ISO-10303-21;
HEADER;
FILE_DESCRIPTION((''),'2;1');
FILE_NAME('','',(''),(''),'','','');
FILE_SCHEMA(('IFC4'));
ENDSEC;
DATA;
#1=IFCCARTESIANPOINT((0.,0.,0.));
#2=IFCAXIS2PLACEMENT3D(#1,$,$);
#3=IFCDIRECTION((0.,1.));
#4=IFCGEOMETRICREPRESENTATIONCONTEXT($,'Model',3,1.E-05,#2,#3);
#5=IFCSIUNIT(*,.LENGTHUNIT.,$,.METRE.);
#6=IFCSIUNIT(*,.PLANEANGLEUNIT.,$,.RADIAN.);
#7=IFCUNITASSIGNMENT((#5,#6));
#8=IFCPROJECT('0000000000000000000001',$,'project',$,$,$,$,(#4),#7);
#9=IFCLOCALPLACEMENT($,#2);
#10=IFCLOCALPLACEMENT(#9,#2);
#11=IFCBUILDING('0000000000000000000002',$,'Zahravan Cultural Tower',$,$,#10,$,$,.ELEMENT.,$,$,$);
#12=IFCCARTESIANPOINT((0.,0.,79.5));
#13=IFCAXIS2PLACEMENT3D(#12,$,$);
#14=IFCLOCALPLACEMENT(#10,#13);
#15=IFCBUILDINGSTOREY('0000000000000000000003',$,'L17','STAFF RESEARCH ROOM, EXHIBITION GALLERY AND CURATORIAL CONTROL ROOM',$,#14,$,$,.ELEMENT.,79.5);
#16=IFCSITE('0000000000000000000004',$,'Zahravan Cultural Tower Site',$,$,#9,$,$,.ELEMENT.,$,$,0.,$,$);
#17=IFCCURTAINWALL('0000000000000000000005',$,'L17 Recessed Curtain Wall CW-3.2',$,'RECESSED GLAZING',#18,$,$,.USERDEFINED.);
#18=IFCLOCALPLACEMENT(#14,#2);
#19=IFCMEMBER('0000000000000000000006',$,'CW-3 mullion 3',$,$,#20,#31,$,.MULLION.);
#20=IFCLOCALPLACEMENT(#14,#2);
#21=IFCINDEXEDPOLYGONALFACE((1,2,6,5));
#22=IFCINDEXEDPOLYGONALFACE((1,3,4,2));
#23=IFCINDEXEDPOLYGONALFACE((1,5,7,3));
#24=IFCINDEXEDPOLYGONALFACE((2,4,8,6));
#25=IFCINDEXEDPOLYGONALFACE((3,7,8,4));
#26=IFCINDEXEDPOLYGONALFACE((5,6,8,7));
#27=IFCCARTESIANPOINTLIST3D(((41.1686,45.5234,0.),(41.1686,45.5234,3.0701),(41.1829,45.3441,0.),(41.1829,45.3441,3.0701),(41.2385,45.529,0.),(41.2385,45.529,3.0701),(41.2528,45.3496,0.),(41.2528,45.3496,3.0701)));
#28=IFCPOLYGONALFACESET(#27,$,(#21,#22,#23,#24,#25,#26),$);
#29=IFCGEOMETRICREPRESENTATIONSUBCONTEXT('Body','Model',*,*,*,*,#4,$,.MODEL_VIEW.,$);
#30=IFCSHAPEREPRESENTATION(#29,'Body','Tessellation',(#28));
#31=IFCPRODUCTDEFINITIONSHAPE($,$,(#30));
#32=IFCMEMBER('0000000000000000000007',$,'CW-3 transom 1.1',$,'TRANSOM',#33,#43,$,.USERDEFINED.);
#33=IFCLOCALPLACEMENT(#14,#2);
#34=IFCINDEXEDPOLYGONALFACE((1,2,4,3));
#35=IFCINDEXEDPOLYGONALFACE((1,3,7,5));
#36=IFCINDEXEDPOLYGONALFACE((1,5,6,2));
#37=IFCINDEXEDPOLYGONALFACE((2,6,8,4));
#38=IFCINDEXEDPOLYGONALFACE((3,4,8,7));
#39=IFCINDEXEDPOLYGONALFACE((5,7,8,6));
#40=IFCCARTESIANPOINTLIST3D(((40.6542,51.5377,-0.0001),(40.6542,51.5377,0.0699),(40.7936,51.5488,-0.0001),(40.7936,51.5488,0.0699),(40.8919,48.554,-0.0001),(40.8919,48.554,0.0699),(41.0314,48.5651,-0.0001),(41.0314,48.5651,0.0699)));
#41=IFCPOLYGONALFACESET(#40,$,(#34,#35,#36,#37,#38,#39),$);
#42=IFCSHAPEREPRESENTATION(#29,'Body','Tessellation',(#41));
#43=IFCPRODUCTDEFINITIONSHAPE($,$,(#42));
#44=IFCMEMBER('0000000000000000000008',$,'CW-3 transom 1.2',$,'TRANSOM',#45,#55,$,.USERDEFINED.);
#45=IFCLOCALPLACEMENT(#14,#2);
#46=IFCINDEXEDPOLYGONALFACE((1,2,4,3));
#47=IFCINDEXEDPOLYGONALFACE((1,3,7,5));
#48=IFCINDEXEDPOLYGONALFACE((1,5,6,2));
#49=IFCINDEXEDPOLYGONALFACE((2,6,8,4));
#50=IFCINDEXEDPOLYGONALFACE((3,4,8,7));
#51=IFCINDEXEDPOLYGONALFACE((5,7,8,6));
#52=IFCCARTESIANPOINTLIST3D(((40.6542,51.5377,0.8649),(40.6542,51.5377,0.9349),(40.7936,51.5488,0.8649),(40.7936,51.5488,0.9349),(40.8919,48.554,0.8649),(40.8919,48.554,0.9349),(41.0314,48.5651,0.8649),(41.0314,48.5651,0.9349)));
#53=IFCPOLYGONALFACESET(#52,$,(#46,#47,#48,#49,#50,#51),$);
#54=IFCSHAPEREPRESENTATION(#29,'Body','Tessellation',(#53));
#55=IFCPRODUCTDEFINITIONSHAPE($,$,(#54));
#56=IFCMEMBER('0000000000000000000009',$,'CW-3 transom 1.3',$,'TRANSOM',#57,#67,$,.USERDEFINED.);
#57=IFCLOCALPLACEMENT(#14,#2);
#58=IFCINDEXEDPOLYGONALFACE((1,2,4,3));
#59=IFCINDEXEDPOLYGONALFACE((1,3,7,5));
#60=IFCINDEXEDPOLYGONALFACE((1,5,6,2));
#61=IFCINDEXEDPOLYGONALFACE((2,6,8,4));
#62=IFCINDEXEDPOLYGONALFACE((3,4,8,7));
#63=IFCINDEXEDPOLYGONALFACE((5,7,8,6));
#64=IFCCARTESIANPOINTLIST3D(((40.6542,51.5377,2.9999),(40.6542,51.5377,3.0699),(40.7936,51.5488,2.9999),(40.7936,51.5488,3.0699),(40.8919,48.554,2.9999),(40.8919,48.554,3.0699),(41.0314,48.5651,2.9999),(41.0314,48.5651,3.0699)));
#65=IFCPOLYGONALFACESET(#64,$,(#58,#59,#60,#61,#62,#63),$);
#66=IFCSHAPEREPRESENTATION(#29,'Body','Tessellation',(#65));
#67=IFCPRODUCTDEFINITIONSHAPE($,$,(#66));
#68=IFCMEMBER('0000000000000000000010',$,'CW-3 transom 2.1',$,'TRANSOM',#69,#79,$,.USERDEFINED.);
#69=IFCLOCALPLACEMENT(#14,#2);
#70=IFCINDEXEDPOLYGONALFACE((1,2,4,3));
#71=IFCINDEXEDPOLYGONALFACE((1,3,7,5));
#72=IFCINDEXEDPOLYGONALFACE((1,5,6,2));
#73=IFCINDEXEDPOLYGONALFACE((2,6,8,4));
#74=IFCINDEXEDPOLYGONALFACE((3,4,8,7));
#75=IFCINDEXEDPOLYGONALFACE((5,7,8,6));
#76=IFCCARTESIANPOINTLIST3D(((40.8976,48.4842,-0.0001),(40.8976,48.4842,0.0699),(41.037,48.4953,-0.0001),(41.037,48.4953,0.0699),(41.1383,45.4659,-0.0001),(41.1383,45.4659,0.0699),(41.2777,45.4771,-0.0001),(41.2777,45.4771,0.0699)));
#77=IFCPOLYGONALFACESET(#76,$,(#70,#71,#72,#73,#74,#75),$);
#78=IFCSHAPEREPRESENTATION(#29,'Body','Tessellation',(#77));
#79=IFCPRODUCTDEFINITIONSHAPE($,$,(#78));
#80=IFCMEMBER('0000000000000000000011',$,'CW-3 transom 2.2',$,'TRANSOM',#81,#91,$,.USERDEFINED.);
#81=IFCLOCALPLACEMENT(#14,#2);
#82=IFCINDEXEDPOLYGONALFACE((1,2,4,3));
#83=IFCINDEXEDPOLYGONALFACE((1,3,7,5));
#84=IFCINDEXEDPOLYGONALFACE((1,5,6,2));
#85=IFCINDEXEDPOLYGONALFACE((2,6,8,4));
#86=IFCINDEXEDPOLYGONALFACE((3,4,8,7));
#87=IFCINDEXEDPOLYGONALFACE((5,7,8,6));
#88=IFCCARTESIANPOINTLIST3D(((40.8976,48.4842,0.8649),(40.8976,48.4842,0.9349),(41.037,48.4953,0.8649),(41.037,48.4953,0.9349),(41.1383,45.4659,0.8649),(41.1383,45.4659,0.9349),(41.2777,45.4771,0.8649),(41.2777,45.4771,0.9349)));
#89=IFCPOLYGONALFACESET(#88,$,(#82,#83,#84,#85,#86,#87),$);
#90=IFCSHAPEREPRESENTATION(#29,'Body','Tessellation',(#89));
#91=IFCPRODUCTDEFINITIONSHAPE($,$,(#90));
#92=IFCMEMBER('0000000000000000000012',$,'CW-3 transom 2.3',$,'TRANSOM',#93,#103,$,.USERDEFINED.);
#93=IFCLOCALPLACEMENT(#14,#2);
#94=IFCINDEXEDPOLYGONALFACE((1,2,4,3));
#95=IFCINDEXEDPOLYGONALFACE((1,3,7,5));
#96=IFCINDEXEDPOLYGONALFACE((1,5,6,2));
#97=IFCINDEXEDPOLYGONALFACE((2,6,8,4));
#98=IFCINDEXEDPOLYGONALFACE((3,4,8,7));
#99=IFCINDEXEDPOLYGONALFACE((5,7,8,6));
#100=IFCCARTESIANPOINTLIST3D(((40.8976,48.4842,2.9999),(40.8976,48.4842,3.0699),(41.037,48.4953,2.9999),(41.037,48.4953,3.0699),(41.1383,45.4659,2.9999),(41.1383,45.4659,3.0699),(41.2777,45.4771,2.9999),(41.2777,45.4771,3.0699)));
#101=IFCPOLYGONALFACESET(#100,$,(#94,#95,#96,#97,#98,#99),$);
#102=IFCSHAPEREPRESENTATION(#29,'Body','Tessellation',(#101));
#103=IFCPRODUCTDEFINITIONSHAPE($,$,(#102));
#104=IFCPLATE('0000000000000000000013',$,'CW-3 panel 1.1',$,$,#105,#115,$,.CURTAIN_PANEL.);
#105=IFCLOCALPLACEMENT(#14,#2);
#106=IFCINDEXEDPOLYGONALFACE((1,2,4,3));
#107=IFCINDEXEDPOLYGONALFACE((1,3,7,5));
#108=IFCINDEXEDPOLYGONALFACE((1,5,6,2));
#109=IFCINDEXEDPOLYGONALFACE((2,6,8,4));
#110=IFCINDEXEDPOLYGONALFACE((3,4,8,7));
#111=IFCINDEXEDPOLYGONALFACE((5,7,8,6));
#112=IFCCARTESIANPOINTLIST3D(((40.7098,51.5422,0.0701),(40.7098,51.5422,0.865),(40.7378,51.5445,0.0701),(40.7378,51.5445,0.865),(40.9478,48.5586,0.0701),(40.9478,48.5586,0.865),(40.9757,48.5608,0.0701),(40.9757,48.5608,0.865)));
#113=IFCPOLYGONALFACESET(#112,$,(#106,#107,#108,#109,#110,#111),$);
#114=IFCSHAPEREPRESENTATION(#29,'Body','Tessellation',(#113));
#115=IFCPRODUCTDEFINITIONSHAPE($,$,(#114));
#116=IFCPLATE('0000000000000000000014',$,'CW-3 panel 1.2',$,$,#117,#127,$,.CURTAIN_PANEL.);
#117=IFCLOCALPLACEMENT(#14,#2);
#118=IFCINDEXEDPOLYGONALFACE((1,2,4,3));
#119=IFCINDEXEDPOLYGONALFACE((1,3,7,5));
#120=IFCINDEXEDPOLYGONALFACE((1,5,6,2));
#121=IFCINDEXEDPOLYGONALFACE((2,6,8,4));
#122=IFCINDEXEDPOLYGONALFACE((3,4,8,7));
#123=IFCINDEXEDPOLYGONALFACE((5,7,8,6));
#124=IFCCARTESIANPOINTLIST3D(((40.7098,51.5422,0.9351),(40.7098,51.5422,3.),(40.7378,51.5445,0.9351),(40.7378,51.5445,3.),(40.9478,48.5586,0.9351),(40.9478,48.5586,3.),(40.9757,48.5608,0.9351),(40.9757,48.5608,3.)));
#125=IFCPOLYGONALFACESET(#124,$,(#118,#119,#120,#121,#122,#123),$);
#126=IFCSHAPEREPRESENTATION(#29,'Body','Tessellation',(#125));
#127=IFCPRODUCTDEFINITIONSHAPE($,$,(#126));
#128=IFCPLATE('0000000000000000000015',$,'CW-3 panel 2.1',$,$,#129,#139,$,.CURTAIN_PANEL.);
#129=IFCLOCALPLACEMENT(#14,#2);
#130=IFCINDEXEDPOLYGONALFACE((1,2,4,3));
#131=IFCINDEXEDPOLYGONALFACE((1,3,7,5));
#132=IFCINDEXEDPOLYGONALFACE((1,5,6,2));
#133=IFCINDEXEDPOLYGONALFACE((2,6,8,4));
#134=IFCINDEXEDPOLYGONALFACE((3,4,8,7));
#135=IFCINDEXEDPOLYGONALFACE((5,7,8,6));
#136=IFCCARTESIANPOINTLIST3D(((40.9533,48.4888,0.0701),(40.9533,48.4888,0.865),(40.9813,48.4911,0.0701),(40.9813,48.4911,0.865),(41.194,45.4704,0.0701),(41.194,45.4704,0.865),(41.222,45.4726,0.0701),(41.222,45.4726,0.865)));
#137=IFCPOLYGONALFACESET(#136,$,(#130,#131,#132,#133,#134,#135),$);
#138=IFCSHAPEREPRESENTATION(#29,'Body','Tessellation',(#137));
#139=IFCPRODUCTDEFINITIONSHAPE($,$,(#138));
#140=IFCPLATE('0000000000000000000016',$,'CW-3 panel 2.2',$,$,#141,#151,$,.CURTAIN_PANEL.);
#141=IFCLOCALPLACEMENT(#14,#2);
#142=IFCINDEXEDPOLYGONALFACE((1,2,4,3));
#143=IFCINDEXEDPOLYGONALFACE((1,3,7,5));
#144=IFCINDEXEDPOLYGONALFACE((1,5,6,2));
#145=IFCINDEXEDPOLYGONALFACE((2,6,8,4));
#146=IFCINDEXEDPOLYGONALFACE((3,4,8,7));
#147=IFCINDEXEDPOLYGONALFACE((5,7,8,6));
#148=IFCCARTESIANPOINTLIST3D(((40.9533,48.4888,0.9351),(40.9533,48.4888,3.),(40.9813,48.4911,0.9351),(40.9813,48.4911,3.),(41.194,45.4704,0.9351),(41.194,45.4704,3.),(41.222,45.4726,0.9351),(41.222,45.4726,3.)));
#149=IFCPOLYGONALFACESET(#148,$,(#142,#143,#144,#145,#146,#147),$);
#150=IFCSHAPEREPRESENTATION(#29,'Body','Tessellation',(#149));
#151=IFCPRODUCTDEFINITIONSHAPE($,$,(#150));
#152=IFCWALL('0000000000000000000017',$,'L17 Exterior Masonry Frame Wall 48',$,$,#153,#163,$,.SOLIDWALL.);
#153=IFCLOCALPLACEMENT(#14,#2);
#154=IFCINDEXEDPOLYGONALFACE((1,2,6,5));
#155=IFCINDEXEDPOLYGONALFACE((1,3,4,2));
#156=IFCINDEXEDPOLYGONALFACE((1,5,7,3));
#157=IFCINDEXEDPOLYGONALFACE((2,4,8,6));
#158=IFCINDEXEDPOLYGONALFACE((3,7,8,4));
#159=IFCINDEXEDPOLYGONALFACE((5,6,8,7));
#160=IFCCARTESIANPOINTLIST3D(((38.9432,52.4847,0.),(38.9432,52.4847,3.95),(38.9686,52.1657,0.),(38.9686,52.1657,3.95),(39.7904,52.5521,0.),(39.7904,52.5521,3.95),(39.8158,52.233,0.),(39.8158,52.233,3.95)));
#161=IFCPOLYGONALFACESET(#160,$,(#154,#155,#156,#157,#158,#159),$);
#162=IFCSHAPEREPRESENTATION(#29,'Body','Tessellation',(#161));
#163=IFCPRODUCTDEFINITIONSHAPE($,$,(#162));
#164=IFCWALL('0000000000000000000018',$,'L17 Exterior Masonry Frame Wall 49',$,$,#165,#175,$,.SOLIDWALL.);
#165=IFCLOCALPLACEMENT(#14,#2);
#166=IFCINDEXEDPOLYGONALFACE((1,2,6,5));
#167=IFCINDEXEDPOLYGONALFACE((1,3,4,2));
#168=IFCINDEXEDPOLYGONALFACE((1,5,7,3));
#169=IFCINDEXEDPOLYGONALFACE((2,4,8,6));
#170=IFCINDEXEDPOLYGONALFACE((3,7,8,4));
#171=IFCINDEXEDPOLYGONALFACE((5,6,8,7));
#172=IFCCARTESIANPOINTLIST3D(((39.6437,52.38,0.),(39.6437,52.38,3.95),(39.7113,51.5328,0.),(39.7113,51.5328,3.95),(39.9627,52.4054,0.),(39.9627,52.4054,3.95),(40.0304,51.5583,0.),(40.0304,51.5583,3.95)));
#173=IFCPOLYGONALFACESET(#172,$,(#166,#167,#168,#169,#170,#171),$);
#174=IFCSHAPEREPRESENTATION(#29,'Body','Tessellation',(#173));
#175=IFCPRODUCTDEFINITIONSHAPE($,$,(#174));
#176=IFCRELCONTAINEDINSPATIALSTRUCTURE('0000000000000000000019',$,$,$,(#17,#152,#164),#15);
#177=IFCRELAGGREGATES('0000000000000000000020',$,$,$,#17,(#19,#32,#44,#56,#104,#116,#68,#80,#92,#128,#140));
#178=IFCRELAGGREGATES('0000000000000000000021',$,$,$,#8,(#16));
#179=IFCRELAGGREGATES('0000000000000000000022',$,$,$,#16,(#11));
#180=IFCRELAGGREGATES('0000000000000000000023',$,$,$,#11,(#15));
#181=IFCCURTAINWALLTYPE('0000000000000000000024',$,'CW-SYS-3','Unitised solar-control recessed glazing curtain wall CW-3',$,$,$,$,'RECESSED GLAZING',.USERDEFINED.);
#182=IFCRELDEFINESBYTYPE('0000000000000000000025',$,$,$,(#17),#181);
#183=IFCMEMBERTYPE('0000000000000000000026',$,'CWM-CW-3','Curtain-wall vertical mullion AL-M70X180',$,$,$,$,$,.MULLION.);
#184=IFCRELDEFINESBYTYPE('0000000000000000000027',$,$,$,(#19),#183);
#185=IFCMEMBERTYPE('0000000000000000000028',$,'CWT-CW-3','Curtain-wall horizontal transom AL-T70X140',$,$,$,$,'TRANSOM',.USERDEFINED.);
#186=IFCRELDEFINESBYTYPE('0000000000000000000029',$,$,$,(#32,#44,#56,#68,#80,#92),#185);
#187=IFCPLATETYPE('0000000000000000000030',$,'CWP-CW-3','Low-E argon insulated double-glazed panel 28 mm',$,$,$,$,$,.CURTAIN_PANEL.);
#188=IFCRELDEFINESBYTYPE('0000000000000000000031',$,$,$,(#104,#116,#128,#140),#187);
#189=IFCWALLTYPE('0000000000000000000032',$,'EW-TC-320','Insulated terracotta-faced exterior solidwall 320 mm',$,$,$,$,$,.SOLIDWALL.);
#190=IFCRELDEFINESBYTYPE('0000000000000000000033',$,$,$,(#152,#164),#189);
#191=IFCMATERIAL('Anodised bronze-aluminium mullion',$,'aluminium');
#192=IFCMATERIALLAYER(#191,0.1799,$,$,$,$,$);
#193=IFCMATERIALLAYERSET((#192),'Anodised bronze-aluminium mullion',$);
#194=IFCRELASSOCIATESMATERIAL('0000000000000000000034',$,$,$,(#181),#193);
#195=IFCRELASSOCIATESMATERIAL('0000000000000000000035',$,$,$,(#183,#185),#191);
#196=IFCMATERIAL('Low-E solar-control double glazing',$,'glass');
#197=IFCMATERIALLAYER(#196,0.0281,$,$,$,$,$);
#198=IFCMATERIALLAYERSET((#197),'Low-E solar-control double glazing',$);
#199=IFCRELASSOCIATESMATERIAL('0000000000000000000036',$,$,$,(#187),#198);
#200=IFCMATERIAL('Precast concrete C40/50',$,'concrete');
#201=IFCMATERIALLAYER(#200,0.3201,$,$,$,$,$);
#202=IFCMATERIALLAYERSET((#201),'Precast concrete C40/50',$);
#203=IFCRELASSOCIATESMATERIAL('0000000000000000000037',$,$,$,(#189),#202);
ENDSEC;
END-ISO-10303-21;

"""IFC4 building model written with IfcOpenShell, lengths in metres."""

from ifc_helpers import new_model, si_unit, direction, frame, frame_2d, origin, origin_2d, place, context, subcontext, project, spatial, rectangle, extrude, source, transform, mapped, material, layer, layer_set, material_profile, profile_set, type_object, element, aggregate, save


model = new_model("IFC4")

# Units and contexts
model_context = context("Model", 3, precision=1e-05, world=origin(), true_north=direction((0.0, 1.0)))
body_context = subcontext(model_context, "Body", "Model", "MODEL_VIEW")
ifc_project = project(units=[si_unit("LENGTHUNIT", "METRE"), si_unit("PLANEANGLEUNIT", "RADIAN")], contexts=[model_context])

# Site, building, storey
site_placement = place(None, origin())
site = spatial("IfcSite", under=ifc_project, at=site_placement, Name="Zahravan Cultural Tower Site", CompositionType="ELEMENT", RefElevation=0.0)
building_placement = place(site_placement, origin())
building = spatial("IfcBuilding", under=site, at=building_placement, Name="Zahravan Cultural Tower", CompositionType="ELEMENT")
storey_placement = place(building_placement, frame((0.0, 0.0, 79.5)))
storey = spatial("IfcBuildingStorey", under=building, at=storey_placement, Name="L17", Description="STAFF RESEARCH ROOM, EXHIBITION GALLERY AND CURATORIAL CONTROL ROOM", CompositionType="ELEMENT", Elevation=79.5)

# Curtain wall, members, plates
ifc_material_1 = material(Name="Anodised bronze-aluminium mullion", Category="aluminium")
ifc_layer_1 = layer(ifc_material_1, 0.1799)
ifc_layer_set_1 = layer_set([ifc_layer_1], Name="Anodised bronze-aluminium mullion")
curtain_wall_type = type_object("IfcCurtainWallType", Name="CW-SYS-3", Description="Unitised solar-control recessed glazing curtain wall CW-3", ElementType="RECESSED GLAZING", PredefinedType="USERDEFINED", material=ifc_layer_set_1)
curtain_wall_placement = place(storey_placement, origin())
curtain_wall = element("IfcCurtainWall", 1, at=curtain_wall_placement, inside=storey, type_object=curtain_wall_type, Name="L17 Recessed Curtain Wall CW-3.2", ObjectType="RECESSED GLAZING", PredefinedType="USERDEFINED")
ifc_material_profile_1 = material_profile(ifc_material_1, rectangle(XDim=0.0701, YDim=0.1799, at=origin_2d()), Name="AL-M70X180")
ifc_profile_set_1 = profile_set([ifc_material_profile_1], Name="Anodised bronze-aluminium mullion")
member_type_1 = type_object("IfcMemberType", Name="CWM-CW-3", Description="Curtain-wall vertical mullion AL-M70X180", PredefinedType="MULLION", material=ifc_profile_set_1)
shared_shape_1 = source(origin(), body_context, "Body", "SweptSolid", [
    extrude(rectangle(XDim=0.0701, YDim=0.1799, at=origin_2d()), origin(), (0.0, 0.0, 1.0), 3.0701),
])
member_1_placement = place(storey_placement, frame((41.2107, 45.4365, 0.0), z_axis=(0.0, 0.0, 1.0), x_axis=(0.996835, 0.079501, 0.0)))
member_1 = element("IfcMember", 2, at=member_1_placement, type_object=member_type_1, Name="CW-3 mullion 3", PredefinedType="MULLION", context=body_context, shape_type="MappedRepresentation", body=[
    mapped(shared_shape_1, transform((0.0, 0.0, 0.0), x_axis=(1.0, 0.0, 0.0), y_axis=(0.0, 1.0, 0.0), z_axis=(0.0, 0.0, 1.0), scale=1.0)),
])
ifc_material_profile_2 = material_profile(ifc_material_1, rectangle(XDim=0.1399, YDim=0.0701, at=origin_2d()), Name="AL-T70X140")
ifc_profile_set_2 = profile_set([ifc_material_profile_2], Name="Anodised bronze-aluminium mullion")
member_type_2 = type_object("IfcMemberType", Name="CWT-CW-3", Description="Curtain-wall horizontal transom AL-T70X140", ElementType="TRANSOM", PredefinedType="USERDEFINED", material=ifc_profile_set_2)
shared_shape_2 = source(origin(), body_context, "Body", "SweptSolid", [
    extrude(rectangle(XDim=0.1399, YDim=0.0701, at=origin_2d()), origin(), (0.0, 0.0, 1.0), 2.9932),
])
member_2_placement = place(storey_placement, frame((40.7239, 51.5432, 0.0349), z_axis=(0.079447, -0.996839, 0.0), x_axis=(0.996839, 0.079447, 0.0)))
member_2 = element("IfcMember", 3, at=member_2_placement, type_object=member_type_2, Name="CW-3 transom 1.1", ObjectType="TRANSOM", PredefinedType="USERDEFINED", context=body_context, shape_type="MappedRepresentation", body=[
    mapped(shared_shape_2, transform((0.0, 0.0, 0.0), x_axis=(1.0, 0.0, 0.0), y_axis=(0.0, 1.0, 0.0), z_axis=(0.0, 0.0, 1.0), scale=1.0)),
])
member_3_placement = place(storey_placement, frame((40.7239, 51.5432, 0.8999), z_axis=(0.079447, -0.996839, 0.0), x_axis=(0.996839, 0.079447, 0.0)))
member_3 = element("IfcMember", 4, at=member_3_placement, type_object=member_type_2, Name="CW-3 transom 1.2", ObjectType="TRANSOM", PredefinedType="USERDEFINED", context=body_context, shape_type="MappedRepresentation", body=[
    mapped(shared_shape_2, transform((0.0, 0.0, 0.0), x_axis=(1.0, 0.0, 0.0), y_axis=(0.0, 1.0, 0.0), z_axis=(0.0, 0.0, 1.0), scale=1.0)),
])
member_4_placement = place(storey_placement, frame((40.7239, 51.5432, 3.0349), z_axis=(0.079447, -0.996839, 0.0), x_axis=(0.996839, 0.079447, 0.0)))
member_4 = element("IfcMember", 5, at=member_4_placement, type_object=member_type_2, Name="CW-3 transom 1.3", ObjectType="TRANSOM", PredefinedType="USERDEFINED", context=body_context, shape_type="MappedRepresentation", body=[
    mapped(shared_shape_2, transform((0.0, 0.0, 0.0), x_axis=(1.0, 0.0, 0.0), y_axis=(0.0, 1.0, 0.0), z_axis=(0.0, 0.0, 1.0), scale=1.0)),
])
shared_shape_3 = source(origin(), body_context, "Body", "SweptSolid", [
    extrude(rectangle(XDim=0.1399, YDim=0.0701, at=origin_2d()), origin(), (0.0, 0.0, 1.0), 3.0278),
])
member_5_placement = place(storey_placement, frame((40.9673, 48.4897, 0.0349), z_axis=(0.079502, -0.996835, 0.0), x_axis=(0.996835, 0.079502, 0.0)))
member_5 = element("IfcMember", 6, at=member_5_placement, type_object=member_type_2, Name="CW-3 transom 2.1", ObjectType="TRANSOM", PredefinedType="USERDEFINED", context=body_context, shape_type="MappedRepresentation", body=[
    mapped(shared_shape_3, transform((0.0, 0.0, 0.0), x_axis=(1.0, 0.0, 0.0), y_axis=(0.0, 1.0, 0.0), z_axis=(0.0, 0.0, 1.0), scale=1.0)),
])
member_6_placement = place(storey_placement, frame((40.9673, 48.4897, 0.8999), z_axis=(0.079502, -0.996835, 0.0), x_axis=(0.996835, 0.079502, 0.0)))
member_6 = element("IfcMember", 7, at=member_6_placement, type_object=member_type_2, Name="CW-3 transom 2.2", ObjectType="TRANSOM", PredefinedType="USERDEFINED", context=body_context, shape_type="MappedRepresentation", body=[
    mapped(shared_shape_3, transform((0.0, 0.0, 0.0), x_axis=(1.0, 0.0, 0.0), y_axis=(0.0, 1.0, 0.0), z_axis=(0.0, 0.0, 1.0), scale=1.0)),
])
member_7_placement = place(storey_placement, frame((40.9673, 48.4897, 3.0349), z_axis=(0.079502, -0.996835, 0.0), x_axis=(0.996835, 0.079502, 0.0)))
member_7 = element("IfcMember", 8, at=member_7_placement, type_object=member_type_2, Name="CW-3 transom 2.3", ObjectType="TRANSOM", PredefinedType="USERDEFINED", context=body_context, shape_type="MappedRepresentation", body=[
    mapped(shared_shape_3, transform((0.0, 0.0, 0.0), x_axis=(1.0, 0.0, 0.0), y_axis=(0.0, 1.0, 0.0), z_axis=(0.0, 0.0, 1.0), scale=1.0)),
])
ifc_material_2 = material(Name="Low-E solar-control double glazing", Category="glass")
ifc_layer_2 = layer(ifc_material_2, 0.0281)
ifc_layer_set_2 = layer_set([ifc_layer_2], Name="Low-E solar-control double glazing")
plate_type = type_object("IfcPlateType", Name="CWP-CW-3", Description="Low-E argon insulated double-glazed panel 28 mm", PredefinedType="CURTAIN_PANEL", material=ifc_layer_set_2)
shared_shape_4 = source(origin(), body_context, "Body", "SweptSolid", [
    extrude(rectangle(XDim=2.9932, YDim=0.0281, at=origin_2d()), origin(), (0.0, 0.0, 1.0), 0.7949),
])
plate_1_placement = place(storey_placement, frame((40.8428, 50.0515, 0.0701), z_axis=(0.0, 0.0, 1.0), x_axis=(0.079501, -0.996835, 0.0)))
plate_1 = element("IfcPlate", 9, at=plate_1_placement, type_object=plate_type, Name="CW-3 panel 1.1", PredefinedType="CURTAIN_PANEL", context=body_context, shape_type="MappedRepresentation", body=[
    mapped(shared_shape_4, transform((0.0, 0.0, 0.0), x_axis=(1.0, 0.0, 0.0), y_axis=(0.0, 1.0, 0.0), z_axis=(0.0, 0.0, 1.0), scale=1.0)),
])
shared_shape_5 = source(origin(), body_context, "Body", "SweptSolid", [
    extrude(rectangle(XDim=2.9932, YDim=0.0281, at=origin_2d()), origin(), (0.0, 0.0, 1.0), 2.0649),
])
plate_2_placement = place(storey_placement, frame((40.8428, 50.0515, 0.9351), z_axis=(0.0, 0.0, 1.0), x_axis=(0.079501, -0.996835, 0.0)))
plate_2 = element("IfcPlate", 10, at=plate_2_placement, type_object=plate_type, Name="CW-3 panel 1.2", PredefinedType="CURTAIN_PANEL", context=body_context, shape_type="MappedRepresentation", body=[
    mapped(shared_shape_5, transform((0.0, 0.0, 0.0), x_axis=(1.0, 0.0, 0.0), y_axis=(0.0, 1.0, 0.0), z_axis=(0.0, 0.0, 1.0), scale=1.0)),
])
shared_shape_6 = source(origin(), body_context, "Body", "SweptSolid", [
    extrude(rectangle(XDim=3.0281, YDim=0.0281, at=origin_2d()), origin(), (0.0, 0.0, 1.0), 0.7949),
])
plate_3_placement = place(storey_placement, frame((41.0876, 46.9807, 0.0701), z_axis=(0.0, 0.0, 1.0), x_axis=(0.079501, -0.996835, 0.0)))
plate_3 = element("IfcPlate", 11, at=plate_3_placement, type_object=plate_type, Name="CW-3 panel 2.1", PredefinedType="CURTAIN_PANEL", context=body_context, shape_type="MappedRepresentation", body=[
    mapped(shared_shape_6, transform((0.0, 0.0, 0.0), x_axis=(1.0, 0.0, 0.0), y_axis=(0.0, 1.0, 0.0), z_axis=(0.0, 0.0, 1.0), scale=1.0)),
])
shared_shape_7 = source(origin(), body_context, "Body", "SweptSolid", [
    extrude(rectangle(XDim=3.0281, YDim=0.0281, at=origin_2d()), origin(), (0.0, 0.0, 1.0), 2.0649),
])
plate_4_placement = place(storey_placement, frame((41.0876, 46.9807, 0.9351), z_axis=(0.0, 0.0, 1.0), x_axis=(0.079501, -0.996835, 0.0)))
plate_4 = element("IfcPlate", 12, at=plate_4_placement, type_object=plate_type, Name="CW-3 panel 2.2", PredefinedType="CURTAIN_PANEL", context=body_context, shape_type="MappedRepresentation", body=[
    mapped(shared_shape_7, transform((0.0, 0.0, 0.0), x_axis=(1.0, 0.0, 0.0), y_axis=(0.0, 1.0, 0.0), z_axis=(0.0, 0.0, 1.0), scale=1.0)),
])
aggregate(curtain_wall, [member_1, member_2, member_3, member_4, plate_1, plate_2, member_5, member_6, member_7, plate_3, plate_4])

# Walls
ifc_material_3 = material(Name="Precast concrete C40/50", Category="concrete")
ifc_layer_3 = layer(ifc_material_3, 0.3201)
ifc_layer_set_3 = layer_set([ifc_layer_3], Name="Precast concrete C40/50")
wall_type_1 = type_object("IfcWallType", Name="EW-TC-320", Description="Insulated terracotta-faced exterior solidwall 320 mm", PredefinedType="SOLIDWALL", material=ifc_layer_set_3)
shared_shape_8 = source(origin(), body_context, "Body", "SweptSolid", [
    extrude(rectangle(XDim=0.8499, YDim=0.3201, at=frame_2d((0.4248, 0.0))), origin(), (0.0, 0.0, 1.0), 3.95),
])
for number, where, z_axis, x_axis, name in (
    (13, (38.9561, 52.3252, 0.0), (0.0, 0.0, 1.0), (0.996852, 0.079288, 0.0), "L17 Exterior Masonry Frame Wall 48"),
    (14, (39.8032, 52.3926, 0.0), (0.0, 0.0, 1.0), (0.079574, -0.996829, 0.0), "L17 Exterior Masonry Frame Wall 49"),
):
    element("IfcWall", number, at=place(storey_placement, frame(where, z_axis=z_axis, x_axis=x_axis)), inside=storey, type_object=wall_type_1, Name=name, PredefinedType="SOLIDWALL", context=body_context, shape_type="MappedRepresentation", body=[
        mapped(shared_shape_8, transform((0.0, 0.0, 0.0), x_axis=(1.0, 0.0, 0.0), y_axis=(0.0, 1.0, 0.0), z_axis=(0.0, 0.0, 1.0), scale=1.0)),
    ])

save(model, "model.ifc")
